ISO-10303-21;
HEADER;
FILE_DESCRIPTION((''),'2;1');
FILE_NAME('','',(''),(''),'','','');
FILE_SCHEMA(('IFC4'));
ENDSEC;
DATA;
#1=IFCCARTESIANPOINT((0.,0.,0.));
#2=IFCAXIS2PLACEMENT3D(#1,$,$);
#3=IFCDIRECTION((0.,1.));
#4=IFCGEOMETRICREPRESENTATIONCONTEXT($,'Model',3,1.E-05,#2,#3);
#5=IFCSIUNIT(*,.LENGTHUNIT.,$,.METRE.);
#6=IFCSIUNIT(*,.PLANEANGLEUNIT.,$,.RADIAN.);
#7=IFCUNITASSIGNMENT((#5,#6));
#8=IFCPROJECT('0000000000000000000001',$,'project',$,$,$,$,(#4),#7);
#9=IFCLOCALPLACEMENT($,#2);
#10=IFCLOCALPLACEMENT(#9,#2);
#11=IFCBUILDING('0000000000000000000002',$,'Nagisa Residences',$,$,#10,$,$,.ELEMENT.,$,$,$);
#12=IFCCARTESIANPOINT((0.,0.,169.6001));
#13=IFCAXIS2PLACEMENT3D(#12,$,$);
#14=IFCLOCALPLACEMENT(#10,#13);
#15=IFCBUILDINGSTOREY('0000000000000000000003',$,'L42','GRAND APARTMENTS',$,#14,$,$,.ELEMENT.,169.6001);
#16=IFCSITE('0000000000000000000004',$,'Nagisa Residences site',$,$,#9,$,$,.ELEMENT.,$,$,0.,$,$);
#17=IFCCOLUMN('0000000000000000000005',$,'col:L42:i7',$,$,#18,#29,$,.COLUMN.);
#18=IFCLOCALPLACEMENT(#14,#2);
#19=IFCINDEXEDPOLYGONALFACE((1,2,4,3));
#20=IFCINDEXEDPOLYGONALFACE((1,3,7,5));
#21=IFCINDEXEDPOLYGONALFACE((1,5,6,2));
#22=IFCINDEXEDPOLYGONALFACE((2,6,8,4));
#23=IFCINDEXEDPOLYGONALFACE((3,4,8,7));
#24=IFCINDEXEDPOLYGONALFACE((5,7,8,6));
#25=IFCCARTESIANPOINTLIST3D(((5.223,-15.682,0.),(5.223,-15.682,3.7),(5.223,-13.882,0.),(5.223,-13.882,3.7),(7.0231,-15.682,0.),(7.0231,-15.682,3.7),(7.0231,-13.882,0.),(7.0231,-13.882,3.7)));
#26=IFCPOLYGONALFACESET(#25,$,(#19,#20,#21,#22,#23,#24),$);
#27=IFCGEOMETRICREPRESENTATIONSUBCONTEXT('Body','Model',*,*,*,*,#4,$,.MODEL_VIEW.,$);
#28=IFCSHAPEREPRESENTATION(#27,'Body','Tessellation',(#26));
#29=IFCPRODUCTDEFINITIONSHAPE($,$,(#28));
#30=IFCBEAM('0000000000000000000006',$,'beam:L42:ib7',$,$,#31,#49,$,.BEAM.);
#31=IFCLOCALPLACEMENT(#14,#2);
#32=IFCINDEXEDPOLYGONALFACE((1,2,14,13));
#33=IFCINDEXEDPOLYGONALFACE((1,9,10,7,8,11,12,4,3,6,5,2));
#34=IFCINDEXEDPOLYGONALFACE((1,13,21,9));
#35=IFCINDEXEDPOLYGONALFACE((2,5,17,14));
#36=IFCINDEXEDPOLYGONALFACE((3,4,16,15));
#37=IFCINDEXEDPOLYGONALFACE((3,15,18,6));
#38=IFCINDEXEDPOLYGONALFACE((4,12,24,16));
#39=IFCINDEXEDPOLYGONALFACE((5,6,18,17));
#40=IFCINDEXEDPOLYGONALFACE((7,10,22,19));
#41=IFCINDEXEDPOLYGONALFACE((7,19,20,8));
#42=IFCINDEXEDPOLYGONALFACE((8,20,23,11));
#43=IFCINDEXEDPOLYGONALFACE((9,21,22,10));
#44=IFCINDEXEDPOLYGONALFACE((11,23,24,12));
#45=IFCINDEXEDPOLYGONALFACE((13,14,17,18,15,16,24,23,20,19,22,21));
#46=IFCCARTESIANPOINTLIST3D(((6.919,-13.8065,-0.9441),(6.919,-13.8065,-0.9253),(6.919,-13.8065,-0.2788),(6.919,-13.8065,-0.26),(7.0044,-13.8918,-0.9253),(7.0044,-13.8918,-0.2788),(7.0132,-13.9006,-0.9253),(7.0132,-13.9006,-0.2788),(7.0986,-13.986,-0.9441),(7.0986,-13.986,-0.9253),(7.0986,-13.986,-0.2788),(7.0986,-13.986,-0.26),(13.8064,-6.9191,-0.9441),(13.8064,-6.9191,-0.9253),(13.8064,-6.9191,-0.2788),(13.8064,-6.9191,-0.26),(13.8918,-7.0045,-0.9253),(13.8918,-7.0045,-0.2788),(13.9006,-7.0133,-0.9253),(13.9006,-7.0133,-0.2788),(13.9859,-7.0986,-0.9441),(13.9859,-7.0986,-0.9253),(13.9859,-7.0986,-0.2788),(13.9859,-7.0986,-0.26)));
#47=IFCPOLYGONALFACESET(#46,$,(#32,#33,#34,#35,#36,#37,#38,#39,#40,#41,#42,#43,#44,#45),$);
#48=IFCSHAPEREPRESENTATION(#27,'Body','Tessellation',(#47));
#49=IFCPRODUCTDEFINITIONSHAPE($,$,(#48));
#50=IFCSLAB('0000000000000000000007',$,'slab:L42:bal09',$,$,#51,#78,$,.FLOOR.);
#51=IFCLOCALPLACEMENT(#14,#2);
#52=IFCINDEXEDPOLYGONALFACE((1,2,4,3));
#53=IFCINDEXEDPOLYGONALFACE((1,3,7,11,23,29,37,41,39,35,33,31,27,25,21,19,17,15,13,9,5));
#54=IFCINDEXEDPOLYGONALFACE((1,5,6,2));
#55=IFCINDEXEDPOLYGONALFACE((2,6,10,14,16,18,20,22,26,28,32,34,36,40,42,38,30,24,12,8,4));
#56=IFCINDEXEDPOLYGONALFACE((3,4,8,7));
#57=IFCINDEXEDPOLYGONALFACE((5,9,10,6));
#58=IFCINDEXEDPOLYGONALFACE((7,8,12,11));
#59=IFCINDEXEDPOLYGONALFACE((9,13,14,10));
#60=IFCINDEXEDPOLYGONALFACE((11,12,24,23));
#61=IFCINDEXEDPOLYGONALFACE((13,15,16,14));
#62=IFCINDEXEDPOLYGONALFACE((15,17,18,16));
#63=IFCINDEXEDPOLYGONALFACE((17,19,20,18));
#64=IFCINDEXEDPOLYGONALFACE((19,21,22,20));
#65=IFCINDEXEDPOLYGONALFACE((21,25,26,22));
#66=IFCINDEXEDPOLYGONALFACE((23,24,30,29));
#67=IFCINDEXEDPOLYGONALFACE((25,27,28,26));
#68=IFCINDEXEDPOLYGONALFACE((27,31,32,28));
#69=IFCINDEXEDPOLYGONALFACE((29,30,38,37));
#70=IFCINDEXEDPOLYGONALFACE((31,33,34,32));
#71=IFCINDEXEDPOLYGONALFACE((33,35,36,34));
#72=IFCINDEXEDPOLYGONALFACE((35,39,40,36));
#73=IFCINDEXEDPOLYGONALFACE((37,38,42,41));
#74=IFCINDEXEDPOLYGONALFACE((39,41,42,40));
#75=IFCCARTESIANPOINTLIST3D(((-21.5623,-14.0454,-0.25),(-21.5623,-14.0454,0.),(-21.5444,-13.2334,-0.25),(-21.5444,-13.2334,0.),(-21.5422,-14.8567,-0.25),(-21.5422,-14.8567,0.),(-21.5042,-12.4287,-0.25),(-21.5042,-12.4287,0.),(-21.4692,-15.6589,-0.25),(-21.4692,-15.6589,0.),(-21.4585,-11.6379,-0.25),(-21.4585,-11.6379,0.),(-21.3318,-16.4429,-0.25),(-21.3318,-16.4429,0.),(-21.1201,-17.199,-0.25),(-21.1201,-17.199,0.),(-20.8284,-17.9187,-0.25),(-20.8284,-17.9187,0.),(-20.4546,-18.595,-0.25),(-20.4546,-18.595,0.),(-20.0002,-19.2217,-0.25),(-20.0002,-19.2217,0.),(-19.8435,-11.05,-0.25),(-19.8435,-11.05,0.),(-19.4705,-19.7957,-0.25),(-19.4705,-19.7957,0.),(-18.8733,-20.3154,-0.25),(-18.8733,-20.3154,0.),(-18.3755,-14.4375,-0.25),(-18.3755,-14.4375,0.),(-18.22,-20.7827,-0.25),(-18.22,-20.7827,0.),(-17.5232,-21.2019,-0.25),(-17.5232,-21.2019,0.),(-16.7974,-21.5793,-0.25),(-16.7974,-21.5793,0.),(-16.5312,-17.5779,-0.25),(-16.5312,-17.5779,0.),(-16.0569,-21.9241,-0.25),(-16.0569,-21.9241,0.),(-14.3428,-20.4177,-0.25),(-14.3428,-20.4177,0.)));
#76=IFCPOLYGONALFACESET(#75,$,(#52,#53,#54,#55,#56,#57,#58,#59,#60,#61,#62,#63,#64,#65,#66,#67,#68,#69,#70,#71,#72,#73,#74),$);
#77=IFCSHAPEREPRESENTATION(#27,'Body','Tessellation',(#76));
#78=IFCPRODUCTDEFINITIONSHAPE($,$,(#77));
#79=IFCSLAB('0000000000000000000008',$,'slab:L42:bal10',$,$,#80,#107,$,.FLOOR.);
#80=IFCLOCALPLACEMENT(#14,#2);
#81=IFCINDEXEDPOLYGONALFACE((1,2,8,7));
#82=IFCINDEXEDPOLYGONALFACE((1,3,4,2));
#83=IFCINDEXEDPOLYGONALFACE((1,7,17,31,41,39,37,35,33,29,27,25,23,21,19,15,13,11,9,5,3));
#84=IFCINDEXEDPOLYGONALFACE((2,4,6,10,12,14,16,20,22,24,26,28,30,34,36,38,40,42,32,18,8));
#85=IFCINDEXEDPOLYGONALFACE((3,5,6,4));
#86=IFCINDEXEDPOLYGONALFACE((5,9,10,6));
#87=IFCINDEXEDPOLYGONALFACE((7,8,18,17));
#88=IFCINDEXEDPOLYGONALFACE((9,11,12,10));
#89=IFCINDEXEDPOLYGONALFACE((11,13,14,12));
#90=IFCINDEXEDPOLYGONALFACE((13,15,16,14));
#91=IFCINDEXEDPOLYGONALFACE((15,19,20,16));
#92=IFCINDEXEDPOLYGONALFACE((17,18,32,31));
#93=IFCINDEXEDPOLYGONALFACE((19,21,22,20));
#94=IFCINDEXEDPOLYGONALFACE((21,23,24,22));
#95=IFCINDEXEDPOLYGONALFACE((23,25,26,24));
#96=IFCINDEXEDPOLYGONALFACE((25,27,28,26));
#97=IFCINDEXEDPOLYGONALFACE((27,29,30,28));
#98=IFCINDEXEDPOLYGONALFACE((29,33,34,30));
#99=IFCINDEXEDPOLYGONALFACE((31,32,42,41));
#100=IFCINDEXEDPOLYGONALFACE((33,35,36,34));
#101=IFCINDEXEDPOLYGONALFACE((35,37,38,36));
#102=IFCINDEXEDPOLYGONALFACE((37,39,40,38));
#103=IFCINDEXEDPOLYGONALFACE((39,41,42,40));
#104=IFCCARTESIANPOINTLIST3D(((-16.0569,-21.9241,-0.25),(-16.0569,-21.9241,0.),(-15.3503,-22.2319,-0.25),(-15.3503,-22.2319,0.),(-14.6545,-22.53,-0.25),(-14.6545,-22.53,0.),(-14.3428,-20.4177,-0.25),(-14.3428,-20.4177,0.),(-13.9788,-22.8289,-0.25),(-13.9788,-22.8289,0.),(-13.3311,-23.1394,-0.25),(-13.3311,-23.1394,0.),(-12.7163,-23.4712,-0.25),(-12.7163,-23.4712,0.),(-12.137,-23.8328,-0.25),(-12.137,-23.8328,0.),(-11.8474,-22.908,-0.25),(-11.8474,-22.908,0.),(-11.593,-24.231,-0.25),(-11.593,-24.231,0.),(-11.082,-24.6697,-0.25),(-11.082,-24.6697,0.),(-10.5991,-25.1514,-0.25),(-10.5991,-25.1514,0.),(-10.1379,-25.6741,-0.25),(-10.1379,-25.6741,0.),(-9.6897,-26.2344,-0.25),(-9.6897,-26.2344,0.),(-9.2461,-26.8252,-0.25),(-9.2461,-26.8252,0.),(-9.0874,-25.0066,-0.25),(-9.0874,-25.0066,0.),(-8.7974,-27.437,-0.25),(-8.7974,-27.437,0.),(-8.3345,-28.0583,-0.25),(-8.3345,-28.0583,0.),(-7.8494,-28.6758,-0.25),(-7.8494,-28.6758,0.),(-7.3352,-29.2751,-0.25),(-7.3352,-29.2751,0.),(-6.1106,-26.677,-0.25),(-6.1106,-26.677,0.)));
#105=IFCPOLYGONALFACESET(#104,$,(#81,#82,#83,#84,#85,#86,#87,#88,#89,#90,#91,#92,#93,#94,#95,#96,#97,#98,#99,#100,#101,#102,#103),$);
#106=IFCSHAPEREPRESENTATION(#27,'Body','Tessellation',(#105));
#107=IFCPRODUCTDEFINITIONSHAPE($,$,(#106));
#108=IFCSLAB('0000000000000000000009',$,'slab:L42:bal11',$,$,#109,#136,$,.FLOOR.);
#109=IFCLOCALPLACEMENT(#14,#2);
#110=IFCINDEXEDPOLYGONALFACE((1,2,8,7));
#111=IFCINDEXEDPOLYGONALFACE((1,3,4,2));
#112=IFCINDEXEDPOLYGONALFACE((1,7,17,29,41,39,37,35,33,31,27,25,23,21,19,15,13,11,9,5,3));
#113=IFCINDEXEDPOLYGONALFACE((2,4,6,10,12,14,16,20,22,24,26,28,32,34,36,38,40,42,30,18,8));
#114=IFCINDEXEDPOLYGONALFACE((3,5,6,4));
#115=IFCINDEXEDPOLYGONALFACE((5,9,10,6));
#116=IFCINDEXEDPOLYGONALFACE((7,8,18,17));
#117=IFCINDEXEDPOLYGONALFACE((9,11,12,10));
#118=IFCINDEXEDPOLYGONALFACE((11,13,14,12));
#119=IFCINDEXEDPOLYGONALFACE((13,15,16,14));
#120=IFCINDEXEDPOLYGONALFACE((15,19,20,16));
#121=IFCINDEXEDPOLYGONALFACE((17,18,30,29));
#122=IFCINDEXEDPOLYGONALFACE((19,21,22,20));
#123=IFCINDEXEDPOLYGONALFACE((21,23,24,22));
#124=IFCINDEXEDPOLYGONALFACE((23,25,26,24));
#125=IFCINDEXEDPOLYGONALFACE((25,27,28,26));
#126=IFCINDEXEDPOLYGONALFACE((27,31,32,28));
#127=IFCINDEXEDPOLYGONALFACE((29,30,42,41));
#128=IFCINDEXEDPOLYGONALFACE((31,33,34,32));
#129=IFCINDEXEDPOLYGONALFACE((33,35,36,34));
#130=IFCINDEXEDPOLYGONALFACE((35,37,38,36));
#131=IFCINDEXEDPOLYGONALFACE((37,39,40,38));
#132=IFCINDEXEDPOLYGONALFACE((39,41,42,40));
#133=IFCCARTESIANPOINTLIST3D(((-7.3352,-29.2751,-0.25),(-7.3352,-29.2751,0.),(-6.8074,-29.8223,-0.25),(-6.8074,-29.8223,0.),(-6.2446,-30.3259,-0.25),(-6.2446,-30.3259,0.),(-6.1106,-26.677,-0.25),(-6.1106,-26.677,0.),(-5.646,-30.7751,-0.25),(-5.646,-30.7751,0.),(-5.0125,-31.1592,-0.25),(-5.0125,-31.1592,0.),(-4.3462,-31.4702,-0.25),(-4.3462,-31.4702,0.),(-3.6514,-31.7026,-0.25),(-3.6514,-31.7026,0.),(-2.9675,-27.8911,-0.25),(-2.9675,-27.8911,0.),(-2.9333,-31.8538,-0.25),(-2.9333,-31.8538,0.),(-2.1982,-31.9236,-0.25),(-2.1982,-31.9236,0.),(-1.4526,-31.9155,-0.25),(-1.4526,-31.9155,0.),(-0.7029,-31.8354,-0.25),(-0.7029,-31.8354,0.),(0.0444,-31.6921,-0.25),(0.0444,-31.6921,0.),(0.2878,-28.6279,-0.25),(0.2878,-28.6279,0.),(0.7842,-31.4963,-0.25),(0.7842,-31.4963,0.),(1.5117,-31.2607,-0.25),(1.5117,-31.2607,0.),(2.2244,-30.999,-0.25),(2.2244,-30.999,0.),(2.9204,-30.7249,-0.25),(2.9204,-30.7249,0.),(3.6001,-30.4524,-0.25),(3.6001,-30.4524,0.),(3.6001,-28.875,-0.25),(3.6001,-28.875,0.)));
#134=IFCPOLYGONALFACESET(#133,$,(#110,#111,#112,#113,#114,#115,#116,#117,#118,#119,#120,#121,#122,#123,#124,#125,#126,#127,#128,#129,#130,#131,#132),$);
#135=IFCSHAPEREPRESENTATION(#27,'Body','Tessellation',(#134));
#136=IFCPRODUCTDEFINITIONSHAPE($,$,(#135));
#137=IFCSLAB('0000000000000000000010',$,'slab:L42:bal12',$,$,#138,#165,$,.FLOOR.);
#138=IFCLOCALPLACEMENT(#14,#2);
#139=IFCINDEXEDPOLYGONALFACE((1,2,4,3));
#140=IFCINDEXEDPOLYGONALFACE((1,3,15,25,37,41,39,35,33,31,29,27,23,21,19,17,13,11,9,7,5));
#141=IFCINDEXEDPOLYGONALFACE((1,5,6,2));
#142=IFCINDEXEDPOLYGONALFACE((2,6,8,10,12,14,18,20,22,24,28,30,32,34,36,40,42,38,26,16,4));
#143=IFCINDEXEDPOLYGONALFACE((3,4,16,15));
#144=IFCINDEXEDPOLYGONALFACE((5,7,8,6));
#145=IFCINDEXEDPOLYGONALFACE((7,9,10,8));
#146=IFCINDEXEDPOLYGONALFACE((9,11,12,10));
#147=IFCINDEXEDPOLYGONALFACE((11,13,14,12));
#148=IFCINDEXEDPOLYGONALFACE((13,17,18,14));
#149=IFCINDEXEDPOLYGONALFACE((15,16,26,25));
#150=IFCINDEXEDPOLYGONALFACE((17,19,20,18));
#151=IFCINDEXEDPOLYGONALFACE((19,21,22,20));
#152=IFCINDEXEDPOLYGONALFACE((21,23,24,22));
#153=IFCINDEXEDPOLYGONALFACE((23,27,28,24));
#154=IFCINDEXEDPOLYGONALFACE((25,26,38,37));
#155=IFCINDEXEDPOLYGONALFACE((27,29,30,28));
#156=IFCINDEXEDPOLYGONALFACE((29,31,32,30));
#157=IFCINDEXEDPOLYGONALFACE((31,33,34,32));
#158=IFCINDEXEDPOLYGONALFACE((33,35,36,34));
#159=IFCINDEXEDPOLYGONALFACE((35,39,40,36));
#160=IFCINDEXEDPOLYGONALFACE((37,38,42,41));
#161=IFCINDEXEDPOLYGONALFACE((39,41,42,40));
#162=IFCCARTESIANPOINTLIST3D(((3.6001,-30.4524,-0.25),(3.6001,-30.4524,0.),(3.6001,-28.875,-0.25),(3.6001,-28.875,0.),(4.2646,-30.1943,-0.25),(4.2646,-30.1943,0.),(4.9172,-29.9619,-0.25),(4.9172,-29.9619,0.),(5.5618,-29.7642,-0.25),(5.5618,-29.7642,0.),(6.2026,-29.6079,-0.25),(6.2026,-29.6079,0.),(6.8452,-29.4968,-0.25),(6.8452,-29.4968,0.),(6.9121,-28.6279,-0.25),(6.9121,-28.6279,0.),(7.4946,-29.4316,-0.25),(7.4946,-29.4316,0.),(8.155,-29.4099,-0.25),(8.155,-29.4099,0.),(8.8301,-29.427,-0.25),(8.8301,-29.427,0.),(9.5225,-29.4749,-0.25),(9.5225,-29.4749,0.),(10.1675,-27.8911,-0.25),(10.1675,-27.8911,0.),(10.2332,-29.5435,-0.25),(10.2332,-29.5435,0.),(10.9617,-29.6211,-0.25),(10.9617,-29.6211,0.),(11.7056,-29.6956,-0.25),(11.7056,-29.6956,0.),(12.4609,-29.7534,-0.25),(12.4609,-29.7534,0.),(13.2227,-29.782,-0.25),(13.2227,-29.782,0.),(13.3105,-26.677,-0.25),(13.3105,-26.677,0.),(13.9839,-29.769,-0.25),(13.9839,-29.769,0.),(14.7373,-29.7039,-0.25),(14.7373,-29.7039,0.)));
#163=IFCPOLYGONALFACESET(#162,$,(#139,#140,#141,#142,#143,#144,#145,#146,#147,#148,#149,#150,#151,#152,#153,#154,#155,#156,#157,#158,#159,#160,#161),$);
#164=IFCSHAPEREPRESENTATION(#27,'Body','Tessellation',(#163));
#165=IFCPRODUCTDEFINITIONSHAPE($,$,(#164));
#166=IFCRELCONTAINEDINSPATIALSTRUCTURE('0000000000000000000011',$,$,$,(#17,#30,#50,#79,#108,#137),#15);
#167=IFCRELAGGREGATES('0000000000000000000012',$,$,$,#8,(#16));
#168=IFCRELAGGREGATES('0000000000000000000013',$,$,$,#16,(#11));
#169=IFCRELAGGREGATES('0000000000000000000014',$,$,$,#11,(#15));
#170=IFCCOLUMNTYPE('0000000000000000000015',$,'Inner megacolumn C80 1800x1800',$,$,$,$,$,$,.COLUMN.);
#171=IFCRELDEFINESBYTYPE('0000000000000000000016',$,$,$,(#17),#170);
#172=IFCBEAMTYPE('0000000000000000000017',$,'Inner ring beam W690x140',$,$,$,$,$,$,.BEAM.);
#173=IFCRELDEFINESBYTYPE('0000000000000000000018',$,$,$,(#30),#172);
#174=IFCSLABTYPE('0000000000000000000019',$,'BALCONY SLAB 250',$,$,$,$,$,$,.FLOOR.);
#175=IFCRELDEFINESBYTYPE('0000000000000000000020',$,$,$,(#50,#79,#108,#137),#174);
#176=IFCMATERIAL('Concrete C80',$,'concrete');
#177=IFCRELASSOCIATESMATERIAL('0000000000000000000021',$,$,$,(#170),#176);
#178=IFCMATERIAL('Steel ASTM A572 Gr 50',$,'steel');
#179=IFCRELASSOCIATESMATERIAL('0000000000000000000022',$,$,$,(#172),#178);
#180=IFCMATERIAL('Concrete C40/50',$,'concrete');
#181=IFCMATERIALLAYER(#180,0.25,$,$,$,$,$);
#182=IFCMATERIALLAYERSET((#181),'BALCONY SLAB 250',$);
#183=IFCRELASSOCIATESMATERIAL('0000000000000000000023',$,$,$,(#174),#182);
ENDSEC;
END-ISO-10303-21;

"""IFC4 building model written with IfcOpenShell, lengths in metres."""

from ifc_helpers import new_model, si_unit, direction, frame, origin, origin_2d, place, context, subcontext, project, spatial, polyline, rectangle, i_section, outline, extrude, material, layer, layer_set, material_profile, profile_set, type_object, element, save


model = new_model("IFC4")

# Units and contexts
model_context = context("Model", 3, precision=1e-05, world=origin(), true_north=direction((0.0, 1.0)))
body_context = subcontext(model_context, "Body", "Model", "MODEL_VIEW")
ifc_project = project(units=[si_unit("LENGTHUNIT", "METRE"), si_unit("PLANEANGLEUNIT", "RADIAN")], contexts=[model_context])

# Site, building, storey
site_placement = place(None, origin())
site = spatial("IfcSite", under=ifc_project, at=site_placement, Name="Nagisa Residences site", CompositionType="ELEMENT", RefElevation=0.0)
building_placement = place(site_placement, origin())
building = spatial("IfcBuilding", under=site, at=building_placement, Name="Nagisa Residences", CompositionType="ELEMENT")
storey_placement = place(building_placement, frame((0.0, 0.0, 169.6001)))
storey = spatial("IfcBuildingStorey", under=building, at=storey_placement, Name="L42", Description="GRAND APARTMENTS", CompositionType="ELEMENT", Elevation=169.6001)

# Column
ifc_material_1 = material(Name="Concrete C80", Category="concrete")
ifc_material_profile_1 = material_profile(ifc_material_1, rectangle(XDim=1.8, YDim=1.8, at=origin_2d()), Name="C80 1800x1800")
ifc_profile_set_1 = profile_set([ifc_material_profile_1], Name="Concrete C80")
column_type = type_object("IfcColumnType", Name="Inner megacolumn C80 1800x1800", PredefinedType="COLUMN", material=ifc_profile_set_1)
column_placement = place(storey_placement, frame((6.123, -14.782, 0.0), z_axis=(0.0, 0.0, 1.0), x_axis=(1.0, 0.0, 0.0)))
element("IfcColumn", 1, at=column_placement, inside=storey, type_object=column_type, Name="col:L42:i7", PredefinedType="COLUMN", context=body_context, shape_type="SweptSolid", body=[
    extrude(rectangle(XDim=1.8, YDim=1.8, at=origin_2d()), origin(), (0.0, 0.0, 1.0), 3.7),
])

# Beam
ifc_material_2 = material(Name="Steel ASTM A572 Gr 50", Category="steel")
ifc_material_profile_2 = material_profile(ifc_material_2, i_section(OverallWidth=0.2539, OverallDepth=0.6841, WebThickness=0.0125, FlangeThickness=0.0188, at=origin_2d()), Name="W690x140")
ifc_profile_set_2 = profile_set([ifc_material_profile_2], Name="Steel ASTM A572 Gr 50")
beam_type = type_object("IfcBeamType", Name="Inner ring beam W690x140", PredefinedType="BEAM", material=ifc_profile_set_2)
beam_placement = place(storey_placement, frame((7.0088, -13.8962, -0.6021), z_axis=(0.707107, 0.707107, 0.0), x_axis=(-0.707107, 0.707107, 0.0)))
element("IfcBeam", 2, at=beam_placement, inside=storey, type_object=beam_type, Name="beam:L42:ib7", PredefinedType="BEAM", context=body_context, shape_type="SweptSolid", body=[
    extrude(i_section(OverallWidth=0.2539, OverallDepth=0.6841, WebThickness=0.0125, FlangeThickness=0.0188, at=origin_2d()), origin(), (0.0, 0.0, 1.0), 9.7402),
])

# Slabs
ifc_material_3 = material(Name="Concrete C40/50", Category="concrete")
ifc_layer_1 = layer(ifc_material_3, 0.25)
ifc_layer_set_1 = layer_set([ifc_layer_1], Name="BALCONY SLAB 250")
slab_type = type_object("IfcSlabType", Name="BALCONY SLAB 250", PredefinedType="FLOOR", material=ifc_layer_set_1)
slab_1_placement = place(storey_placement, frame((0.0, 0.0, -0.25)))
element("IfcSlab", 3, at=slab_1_placement, inside=storey, type_object=slab_type, Name="slab:L42:bal09", PredefinedType="FLOOR", context=body_context, shape_type="SweptSolid", body=[
    extrude(outline(polyline([(-21.4585, -11.6379), (-21.5042, -12.4287), (-21.5444, -13.2334), (-21.5623, -14.0454), (-21.5422, -14.8567), (-21.4692, -15.6589), (-21.3318, -16.4429), (-21.1201, -17.199), (-20.8284, -17.9187), (-20.4546, -18.595), (-20.0002, -19.2217), (-19.4705, -19.7957), (-18.8733, -20.3154), (-18.22, -20.7827), (-17.5232, -21.2019), (-16.7974, -21.5793), (-16.0569, -21.9241), (-14.3428, -20.4177), (-16.5312, -17.5779), (-18.3755, -14.4375), (-19.8435, -11.05), (-21.4585, -11.6379)])), origin(), (0.0, 0.0, 1.0), 0.25),
])
slab_2_placement = place(storey_placement, frame((0.0, 0.0, -0.25)))
element("IfcSlab", 4, at=slab_2_placement, inside=storey, type_object=slab_type, Name="slab:L42:bal10", PredefinedType="FLOOR", context=body_context, shape_type="SweptSolid", body=[
    extrude(outline(polyline([(-16.0569, -21.9241), (-15.3503, -22.2319), (-14.6545, -22.53), (-13.9788, -22.8289), (-13.3311, -23.1394), (-12.7163, -23.4712), (-12.137, -23.8328), (-11.593, -24.231), (-11.082, -24.6697), (-10.5991, -25.1514), (-10.1379, -25.6741), (-9.6897, -26.2344), (-9.2461, -26.8252), (-8.7974, -27.437), (-8.3345, -28.0583), (-7.8494, -28.6758), (-7.3352, -29.2751), (-6.1106, -26.677), (-9.0874, -25.0066), (-11.8474, -22.908), (-14.3428, -20.4177), (-16.0569, -21.9241)])), origin(), (0.0, 0.0, 1.0), 0.25),
])
slab_3_placement = place(storey_placement, frame((0.0, 0.0, -0.25)))
element("IfcSlab", 5, at=slab_3_placement, inside=storey, type_object=slab_type, Name="slab:L42:bal11", PredefinedType="FLOOR", context=body_context, shape_type="SweptSolid", body=[
    extrude(outline(polyline([(-7.3352, -29.2751), (-6.8074, -29.8223), (-6.2446, -30.3259), (-5.646, -30.7751), (-5.0125, -31.1592), (-4.3462, -31.4702), (-3.6514, -31.7026), (-2.9333, -31.8538), (-2.1982, -31.9236), (-1.4526, -31.9155), (-0.7029, -31.8354), (0.0444, -31.6921), (0.7842, -31.4963), (1.5117, -31.2607), (2.2244, -30.999), (2.9204, -30.7249), (3.6001, -30.4524), (3.6001, -28.875), (0.2878, -28.6279), (-2.9675, -27.8911), (-6.1106, -26.677), (-7.3352, -29.2751)])), origin(), (0.0, 0.0, 1.0), 0.25),
])
slab_4_placement = place(storey_placement, frame((0.0, 0.0, -0.25)))
element("IfcSlab", 6, at=slab_4_placement, inside=storey, type_object=slab_type, Name="slab:L42:bal12", PredefinedType="FLOOR", context=body_context, shape_type="SweptSolid", body=[
    extrude(outline(polyline([(3.6001, -30.4524), (4.2646, -30.1943), (4.9172, -29.9619), (5.5618, -29.7642), (6.2026, -29.6079), (6.8452, -29.4968), (7.4946, -29.4316), (8.155, -29.4099), (8.8301, -29.427), (9.5225, -29.4749), (10.2332, -29.5435), (10.9617, -29.6211), (11.7056, -29.6956), (12.4609, -29.7534), (13.2227, -29.782), (13.9839, -29.769), (14.7373, -29.7039), (13.3105, -26.677), (10.1675, -27.8911), (6.9121, -28.6279), (3.6001, -28.875), (3.6001, -30.4524)])), origin(), (0.0, 0.0, 1.0), 0.25),
])

save(model, "model.ifc")
